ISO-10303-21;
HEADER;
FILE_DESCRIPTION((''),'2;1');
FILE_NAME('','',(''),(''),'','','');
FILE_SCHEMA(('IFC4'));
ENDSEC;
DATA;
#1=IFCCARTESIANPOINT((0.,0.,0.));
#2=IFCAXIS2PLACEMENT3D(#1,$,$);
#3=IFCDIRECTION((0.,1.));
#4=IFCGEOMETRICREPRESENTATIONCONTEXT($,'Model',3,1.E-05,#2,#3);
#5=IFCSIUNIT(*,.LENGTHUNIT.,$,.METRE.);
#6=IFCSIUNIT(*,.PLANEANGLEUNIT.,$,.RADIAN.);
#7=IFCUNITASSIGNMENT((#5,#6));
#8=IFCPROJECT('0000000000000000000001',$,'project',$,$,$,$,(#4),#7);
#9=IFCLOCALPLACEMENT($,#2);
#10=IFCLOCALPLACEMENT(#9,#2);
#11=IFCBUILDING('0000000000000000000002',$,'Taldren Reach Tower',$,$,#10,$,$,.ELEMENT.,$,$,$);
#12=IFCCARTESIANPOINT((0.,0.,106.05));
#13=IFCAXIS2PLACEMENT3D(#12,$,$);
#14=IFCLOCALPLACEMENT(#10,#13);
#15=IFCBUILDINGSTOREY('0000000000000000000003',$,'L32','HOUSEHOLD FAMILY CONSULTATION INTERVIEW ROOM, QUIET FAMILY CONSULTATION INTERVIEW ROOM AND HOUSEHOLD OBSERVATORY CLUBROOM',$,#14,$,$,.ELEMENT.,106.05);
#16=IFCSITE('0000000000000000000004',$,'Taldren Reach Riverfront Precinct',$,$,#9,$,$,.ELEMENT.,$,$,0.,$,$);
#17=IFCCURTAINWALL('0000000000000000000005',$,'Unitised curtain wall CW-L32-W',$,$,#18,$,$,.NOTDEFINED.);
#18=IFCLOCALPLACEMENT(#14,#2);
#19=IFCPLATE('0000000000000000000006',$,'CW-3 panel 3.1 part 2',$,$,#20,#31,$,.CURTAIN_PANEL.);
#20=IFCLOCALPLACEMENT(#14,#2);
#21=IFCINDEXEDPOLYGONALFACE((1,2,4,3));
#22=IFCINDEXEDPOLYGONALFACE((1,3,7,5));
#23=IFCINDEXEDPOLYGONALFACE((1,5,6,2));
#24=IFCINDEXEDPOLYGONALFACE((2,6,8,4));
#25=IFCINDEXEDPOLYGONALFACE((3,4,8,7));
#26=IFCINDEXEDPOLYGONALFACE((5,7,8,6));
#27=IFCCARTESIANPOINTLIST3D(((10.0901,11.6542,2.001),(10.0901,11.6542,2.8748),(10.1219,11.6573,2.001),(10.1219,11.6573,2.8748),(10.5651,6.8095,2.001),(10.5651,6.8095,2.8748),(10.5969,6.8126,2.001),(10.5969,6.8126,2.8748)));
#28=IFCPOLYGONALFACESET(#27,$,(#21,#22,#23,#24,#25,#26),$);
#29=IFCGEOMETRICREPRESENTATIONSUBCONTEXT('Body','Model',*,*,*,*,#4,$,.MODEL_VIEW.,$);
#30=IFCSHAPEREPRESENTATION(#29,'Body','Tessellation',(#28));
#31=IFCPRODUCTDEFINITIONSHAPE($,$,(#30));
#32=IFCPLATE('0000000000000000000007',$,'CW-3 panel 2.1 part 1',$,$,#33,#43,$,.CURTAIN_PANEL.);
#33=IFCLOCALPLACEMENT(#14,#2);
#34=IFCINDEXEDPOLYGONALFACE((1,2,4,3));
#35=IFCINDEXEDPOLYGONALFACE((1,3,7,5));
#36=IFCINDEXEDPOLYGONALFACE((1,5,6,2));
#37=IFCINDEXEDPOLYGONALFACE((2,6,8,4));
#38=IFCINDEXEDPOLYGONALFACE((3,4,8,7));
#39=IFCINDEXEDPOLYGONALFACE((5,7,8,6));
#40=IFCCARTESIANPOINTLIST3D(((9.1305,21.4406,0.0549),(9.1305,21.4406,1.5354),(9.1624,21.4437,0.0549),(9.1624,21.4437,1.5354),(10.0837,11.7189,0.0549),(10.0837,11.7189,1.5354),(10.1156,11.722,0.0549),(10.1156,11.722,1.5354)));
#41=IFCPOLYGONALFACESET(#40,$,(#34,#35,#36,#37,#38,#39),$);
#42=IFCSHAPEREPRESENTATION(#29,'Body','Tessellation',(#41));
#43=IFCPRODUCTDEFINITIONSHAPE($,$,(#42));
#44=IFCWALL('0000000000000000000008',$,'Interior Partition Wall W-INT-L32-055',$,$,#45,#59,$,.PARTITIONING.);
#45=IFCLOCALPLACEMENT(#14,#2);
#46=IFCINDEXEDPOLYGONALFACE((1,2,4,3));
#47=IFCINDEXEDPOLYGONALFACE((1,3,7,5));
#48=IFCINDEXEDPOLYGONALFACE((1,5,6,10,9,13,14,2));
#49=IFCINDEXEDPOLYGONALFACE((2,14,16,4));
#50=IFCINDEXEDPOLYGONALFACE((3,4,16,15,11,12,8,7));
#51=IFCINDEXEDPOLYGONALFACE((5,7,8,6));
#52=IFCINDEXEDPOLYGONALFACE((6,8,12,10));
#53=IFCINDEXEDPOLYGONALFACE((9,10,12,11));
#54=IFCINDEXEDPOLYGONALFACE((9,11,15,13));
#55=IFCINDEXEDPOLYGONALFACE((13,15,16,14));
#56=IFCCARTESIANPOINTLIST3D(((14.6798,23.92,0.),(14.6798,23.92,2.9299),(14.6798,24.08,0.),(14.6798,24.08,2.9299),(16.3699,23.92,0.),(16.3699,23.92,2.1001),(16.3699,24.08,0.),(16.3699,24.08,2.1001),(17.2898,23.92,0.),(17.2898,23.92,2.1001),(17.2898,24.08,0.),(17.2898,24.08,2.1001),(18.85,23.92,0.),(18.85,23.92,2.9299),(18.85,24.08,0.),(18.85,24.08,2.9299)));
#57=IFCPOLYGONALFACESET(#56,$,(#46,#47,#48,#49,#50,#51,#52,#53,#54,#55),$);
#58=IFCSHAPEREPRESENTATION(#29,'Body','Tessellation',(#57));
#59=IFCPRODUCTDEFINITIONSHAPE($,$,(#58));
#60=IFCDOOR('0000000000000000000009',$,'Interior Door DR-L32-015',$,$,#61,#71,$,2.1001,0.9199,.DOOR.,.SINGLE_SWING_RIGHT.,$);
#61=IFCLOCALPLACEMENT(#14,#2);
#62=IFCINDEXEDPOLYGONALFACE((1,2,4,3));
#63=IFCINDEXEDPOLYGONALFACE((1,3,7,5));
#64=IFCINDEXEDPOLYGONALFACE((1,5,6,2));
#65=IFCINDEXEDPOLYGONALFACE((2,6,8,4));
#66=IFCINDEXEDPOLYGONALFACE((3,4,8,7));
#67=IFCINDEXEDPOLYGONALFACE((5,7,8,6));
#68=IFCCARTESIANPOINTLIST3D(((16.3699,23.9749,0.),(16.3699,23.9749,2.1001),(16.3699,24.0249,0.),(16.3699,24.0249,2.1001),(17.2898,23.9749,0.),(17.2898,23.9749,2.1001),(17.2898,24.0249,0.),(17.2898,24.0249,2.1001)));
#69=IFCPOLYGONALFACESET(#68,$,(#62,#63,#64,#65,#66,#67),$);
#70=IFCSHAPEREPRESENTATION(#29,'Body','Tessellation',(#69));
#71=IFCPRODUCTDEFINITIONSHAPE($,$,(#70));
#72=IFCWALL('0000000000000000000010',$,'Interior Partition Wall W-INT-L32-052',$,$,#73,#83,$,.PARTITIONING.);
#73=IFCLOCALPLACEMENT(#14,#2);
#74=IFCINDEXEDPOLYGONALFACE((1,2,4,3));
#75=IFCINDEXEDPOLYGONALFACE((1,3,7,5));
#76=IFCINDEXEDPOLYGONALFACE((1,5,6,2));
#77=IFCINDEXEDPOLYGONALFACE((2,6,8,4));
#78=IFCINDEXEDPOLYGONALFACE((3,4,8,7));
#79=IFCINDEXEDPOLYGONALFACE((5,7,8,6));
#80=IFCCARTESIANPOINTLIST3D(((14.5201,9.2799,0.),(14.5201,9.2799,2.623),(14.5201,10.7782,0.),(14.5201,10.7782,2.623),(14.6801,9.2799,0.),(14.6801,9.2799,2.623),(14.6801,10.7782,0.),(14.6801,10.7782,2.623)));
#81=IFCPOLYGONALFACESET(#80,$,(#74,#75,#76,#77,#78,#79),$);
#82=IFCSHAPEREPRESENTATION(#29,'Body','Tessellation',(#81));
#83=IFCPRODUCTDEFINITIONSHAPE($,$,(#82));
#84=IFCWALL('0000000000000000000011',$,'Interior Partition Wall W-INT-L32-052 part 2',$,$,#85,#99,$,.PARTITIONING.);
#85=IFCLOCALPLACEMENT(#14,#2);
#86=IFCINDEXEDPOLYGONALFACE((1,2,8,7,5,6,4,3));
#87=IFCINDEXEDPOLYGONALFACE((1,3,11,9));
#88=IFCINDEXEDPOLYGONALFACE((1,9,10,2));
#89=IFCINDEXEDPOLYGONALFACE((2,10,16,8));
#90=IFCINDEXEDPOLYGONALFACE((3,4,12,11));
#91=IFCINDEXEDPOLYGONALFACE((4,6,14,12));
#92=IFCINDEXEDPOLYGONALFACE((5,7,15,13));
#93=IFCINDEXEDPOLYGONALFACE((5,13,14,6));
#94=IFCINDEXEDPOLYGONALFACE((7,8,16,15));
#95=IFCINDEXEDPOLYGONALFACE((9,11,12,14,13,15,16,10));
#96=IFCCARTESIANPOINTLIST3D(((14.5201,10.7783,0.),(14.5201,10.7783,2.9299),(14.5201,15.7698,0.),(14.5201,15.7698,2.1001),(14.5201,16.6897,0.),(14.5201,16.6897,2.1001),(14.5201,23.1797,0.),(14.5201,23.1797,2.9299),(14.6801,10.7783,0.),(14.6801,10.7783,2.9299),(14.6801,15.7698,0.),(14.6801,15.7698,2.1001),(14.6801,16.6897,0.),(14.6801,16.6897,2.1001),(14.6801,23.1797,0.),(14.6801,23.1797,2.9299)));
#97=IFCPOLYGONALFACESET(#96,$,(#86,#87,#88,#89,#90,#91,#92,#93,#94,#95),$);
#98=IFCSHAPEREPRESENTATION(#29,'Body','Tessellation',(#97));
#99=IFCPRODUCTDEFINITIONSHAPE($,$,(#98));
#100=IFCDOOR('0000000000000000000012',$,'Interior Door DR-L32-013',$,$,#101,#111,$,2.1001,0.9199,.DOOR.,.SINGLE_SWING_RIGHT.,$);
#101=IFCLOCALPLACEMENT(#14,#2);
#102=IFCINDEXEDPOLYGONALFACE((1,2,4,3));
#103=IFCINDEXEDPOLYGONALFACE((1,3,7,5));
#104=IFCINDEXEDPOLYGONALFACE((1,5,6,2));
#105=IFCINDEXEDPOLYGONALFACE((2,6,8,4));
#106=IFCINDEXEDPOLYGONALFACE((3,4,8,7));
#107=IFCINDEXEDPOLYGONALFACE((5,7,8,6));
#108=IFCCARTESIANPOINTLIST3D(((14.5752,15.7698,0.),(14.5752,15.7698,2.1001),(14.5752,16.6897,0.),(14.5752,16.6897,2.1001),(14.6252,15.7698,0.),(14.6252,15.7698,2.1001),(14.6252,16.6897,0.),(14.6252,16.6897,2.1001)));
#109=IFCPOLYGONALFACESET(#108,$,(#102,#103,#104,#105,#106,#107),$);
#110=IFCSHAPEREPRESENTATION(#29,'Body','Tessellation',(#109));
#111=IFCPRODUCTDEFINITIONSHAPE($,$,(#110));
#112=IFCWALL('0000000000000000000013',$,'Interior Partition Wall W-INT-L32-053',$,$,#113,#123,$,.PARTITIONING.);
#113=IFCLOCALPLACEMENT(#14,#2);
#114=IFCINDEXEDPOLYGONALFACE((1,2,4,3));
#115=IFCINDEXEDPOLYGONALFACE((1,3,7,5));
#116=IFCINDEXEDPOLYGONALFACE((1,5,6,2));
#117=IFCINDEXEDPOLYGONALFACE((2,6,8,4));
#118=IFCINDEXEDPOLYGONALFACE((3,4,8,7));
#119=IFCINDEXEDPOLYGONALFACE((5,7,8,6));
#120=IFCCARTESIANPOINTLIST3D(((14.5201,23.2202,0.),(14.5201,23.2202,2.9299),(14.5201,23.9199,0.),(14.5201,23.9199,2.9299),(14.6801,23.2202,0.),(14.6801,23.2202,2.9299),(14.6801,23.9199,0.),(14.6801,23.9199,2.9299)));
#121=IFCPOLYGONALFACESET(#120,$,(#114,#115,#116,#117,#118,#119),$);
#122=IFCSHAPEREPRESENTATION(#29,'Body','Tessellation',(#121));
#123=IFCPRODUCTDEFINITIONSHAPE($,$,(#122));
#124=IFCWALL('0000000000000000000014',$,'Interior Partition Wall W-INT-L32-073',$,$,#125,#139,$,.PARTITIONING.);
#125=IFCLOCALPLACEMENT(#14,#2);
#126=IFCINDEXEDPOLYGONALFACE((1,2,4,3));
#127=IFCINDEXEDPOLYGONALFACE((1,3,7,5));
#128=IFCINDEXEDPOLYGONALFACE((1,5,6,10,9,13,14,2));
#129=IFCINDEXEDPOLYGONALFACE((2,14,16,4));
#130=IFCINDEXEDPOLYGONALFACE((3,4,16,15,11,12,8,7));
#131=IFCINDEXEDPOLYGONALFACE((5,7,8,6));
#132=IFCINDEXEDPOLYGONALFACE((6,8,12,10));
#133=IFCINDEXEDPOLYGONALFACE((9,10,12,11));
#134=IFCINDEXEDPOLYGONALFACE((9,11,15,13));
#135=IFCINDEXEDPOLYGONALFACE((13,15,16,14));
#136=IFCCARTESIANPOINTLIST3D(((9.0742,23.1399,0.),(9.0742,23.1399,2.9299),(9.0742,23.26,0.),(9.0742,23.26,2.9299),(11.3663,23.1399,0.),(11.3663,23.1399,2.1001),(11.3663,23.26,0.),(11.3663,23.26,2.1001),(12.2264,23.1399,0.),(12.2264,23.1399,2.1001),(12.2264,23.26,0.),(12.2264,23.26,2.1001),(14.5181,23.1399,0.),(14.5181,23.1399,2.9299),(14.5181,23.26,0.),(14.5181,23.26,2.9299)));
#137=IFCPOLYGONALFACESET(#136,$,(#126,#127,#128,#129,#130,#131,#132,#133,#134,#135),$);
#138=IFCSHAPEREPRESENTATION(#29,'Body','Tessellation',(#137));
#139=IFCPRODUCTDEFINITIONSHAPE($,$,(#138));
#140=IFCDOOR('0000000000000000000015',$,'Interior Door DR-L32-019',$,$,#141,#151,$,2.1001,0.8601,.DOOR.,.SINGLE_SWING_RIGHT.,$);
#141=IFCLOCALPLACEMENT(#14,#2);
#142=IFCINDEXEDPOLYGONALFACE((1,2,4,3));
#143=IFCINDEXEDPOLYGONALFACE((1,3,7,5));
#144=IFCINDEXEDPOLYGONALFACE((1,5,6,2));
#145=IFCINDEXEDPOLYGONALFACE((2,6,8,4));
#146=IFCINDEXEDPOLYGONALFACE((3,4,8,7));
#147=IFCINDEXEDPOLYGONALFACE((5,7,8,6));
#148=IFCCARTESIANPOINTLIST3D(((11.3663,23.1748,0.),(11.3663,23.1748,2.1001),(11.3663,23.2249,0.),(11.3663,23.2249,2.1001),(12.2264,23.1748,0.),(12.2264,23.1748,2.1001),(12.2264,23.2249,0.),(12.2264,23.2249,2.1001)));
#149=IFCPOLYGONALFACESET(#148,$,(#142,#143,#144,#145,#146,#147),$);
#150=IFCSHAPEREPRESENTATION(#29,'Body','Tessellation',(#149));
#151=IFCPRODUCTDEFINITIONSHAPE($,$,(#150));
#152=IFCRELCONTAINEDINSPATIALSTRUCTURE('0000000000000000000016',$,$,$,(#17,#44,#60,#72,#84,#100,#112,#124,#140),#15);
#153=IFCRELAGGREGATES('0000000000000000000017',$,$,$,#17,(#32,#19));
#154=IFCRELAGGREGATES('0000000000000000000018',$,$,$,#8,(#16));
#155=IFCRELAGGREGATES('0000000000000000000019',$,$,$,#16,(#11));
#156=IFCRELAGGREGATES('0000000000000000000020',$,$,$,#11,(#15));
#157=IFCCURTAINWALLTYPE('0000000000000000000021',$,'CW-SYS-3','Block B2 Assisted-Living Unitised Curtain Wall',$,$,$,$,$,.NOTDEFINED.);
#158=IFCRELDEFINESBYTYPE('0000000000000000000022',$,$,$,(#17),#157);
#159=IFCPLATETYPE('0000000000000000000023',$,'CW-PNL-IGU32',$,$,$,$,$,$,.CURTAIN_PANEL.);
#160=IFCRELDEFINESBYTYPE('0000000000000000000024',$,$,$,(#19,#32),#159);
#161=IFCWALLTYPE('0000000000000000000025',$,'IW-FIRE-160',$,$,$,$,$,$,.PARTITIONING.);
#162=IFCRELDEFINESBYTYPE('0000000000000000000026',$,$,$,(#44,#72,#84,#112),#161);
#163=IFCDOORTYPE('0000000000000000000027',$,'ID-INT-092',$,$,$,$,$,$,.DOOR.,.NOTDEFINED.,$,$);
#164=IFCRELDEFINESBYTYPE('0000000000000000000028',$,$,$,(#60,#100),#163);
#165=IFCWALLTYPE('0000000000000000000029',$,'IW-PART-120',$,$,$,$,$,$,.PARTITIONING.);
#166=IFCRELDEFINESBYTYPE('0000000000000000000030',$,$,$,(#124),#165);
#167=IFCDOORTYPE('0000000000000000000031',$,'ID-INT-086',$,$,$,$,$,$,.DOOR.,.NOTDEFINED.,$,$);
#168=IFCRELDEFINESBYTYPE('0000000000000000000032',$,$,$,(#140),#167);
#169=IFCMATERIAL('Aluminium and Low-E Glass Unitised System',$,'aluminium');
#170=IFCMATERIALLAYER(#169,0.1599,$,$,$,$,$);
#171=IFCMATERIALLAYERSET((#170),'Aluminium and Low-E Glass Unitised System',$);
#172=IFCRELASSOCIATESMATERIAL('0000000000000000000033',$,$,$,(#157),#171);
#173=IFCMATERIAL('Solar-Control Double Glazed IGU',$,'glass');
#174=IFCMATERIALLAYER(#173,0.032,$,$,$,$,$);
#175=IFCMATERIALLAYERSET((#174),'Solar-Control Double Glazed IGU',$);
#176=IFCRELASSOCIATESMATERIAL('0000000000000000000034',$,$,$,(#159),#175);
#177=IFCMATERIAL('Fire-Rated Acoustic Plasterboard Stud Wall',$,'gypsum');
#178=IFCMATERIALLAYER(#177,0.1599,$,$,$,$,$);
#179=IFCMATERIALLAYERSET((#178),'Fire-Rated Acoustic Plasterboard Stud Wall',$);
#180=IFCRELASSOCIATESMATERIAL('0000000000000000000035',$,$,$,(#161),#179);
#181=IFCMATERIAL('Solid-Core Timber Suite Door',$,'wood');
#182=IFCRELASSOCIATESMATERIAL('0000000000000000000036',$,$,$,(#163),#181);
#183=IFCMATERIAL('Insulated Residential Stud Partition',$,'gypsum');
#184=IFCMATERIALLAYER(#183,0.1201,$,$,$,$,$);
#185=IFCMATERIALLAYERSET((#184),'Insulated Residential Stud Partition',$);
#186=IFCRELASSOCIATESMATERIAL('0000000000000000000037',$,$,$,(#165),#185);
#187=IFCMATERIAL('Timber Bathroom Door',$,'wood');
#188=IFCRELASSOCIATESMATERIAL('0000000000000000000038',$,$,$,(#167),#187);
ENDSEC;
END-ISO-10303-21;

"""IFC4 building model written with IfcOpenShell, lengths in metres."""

from ifc_helpers import new_model, si_unit, direction, frame, frame_2d, origin, origin_2d, place, context, subcontext, project, spatial, rectangle, extrude, source, transform, mapped, material, layer, layer_set, type_object, element, fill, aggregate, save


model = new_model("IFC4")

# Units and contexts
model_context = context("Model", 3, precision=1e-05, world=origin(), true_north=direction((0.0, 1.0)))
body_context = subcontext(model_context, "Body", "Model", "MODEL_VIEW")
ifc_project = project(units=[si_unit("LENGTHUNIT", "METRE"), si_unit("PLANEANGLEUNIT", "RADIAN")], contexts=[model_context])

# Site, building, storey
site_placement = place(None, origin())
site = spatial("IfcSite", under=ifc_project, at=site_placement, Name="Taldren Reach Riverfront Precinct", CompositionType="ELEMENT", RefElevation=0.0)
building_placement = place(site_placement, origin())
building = spatial("IfcBuilding", under=site, at=building_placement, Name="Taldren Reach Tower", CompositionType="ELEMENT")
storey_placement = place(building_placement, frame((0.0, 0.0, 106.05)))
storey = spatial("IfcBuildingStorey", under=building, at=storey_placement, Name="L32", Description="HOUSEHOLD FAMILY CONSULTATION INTERVIEW ROOM, QUIET FAMILY CONSULTATION INTERVIEW ROOM AND HOUSEHOLD OBSERVATORY CLUBROOM", CompositionType="ELEMENT", Elevation=106.05)

# Curtain wall
ifc_material_1 = material(Name="Aluminium and Low-E Glass Unitised System", Category="aluminium")
ifc_layer_1 = layer(ifc_material_1, 0.1599)
ifc_layer_set_1 = layer_set([ifc_layer_1], Name="Aluminium and Low-E Glass Unitised System")
curtain_wall_type = type_object("IfcCurtainWallType", Name="CW-SYS-3", Description="Block B2 Assisted-Living Unitised Curtain Wall", PredefinedType="NOTDEFINED", material=ifc_layer_set_1)
curtain_wall_placement = place(storey_placement, origin())
curtain_wall = element("IfcCurtainWall", 1, at=curtain_wall_placement, inside=storey, type_object=curtain_wall_type, Name="Unitised curtain wall CW-L32-W", PredefinedType="NOTDEFINED")

# Plates
ifc_material_2 = material(Name="Solar-Control Double Glazed IGU", Category="glass")
ifc_layer_2 = layer(ifc_material_2, 0.032)
ifc_layer_set_2 = layer_set([ifc_layer_2], Name="Solar-Control Double Glazed IGU")
plate_type_1 = type_object("IfcPlateType", Name="CW-PNL-IGU32", PredefinedType="CURTAIN_PANEL", material=ifc_layer_set_2)
shared_shape_1 = source(origin(), body_context, "Body", "SweptSolid", [
    extrude(rectangle(XDim=4.8679, YDim=0.032, at=origin_2d()), origin(), (0.0, 0.0, 1.0), 0.8738),
])
plate_1_placement = place(storey_placement, frame((10.3435, 9.2334, 2.001), z_axis=(0.0, 0.0, 1.0), x_axis=(0.097583, -0.995227, 0.0)))
plate_1 = element("IfcPlate", 2, at=plate_1_placement, type_object=plate_type_1, Name="CW-3 panel 3.1 part 2", PredefinedType="CURTAIN_PANEL", context=body_context, shape_type="MappedRepresentation", body=[
    mapped(shared_shape_1, transform((0.0, 0.0, 0.0), scale=1.0)),
])
shared_shape_2 = source(origin(), body_context, "Body", "SweptSolid", [
    extrude(rectangle(XDim=9.7683, YDim=0.032, at=origin_2d()), origin(), (0.0, 0.0, 1.0), 1.4805),
])
plate_2_placement = place(storey_placement, frame((9.623, 16.5813, 0.0549), z_axis=(0.0, 0.0, 1.0), x_axis=(0.097583, -0.995227, 0.0)))
plate_2 = element("IfcPlate", 3, at=plate_2_placement, type_object=plate_type_1, Name="CW-3 panel 2.1 part 1", PredefinedType="CURTAIN_PANEL", context=body_context, shape_type="MappedRepresentation", body=[
    mapped(shared_shape_2, transform((0.0, 0.0, 0.0), scale=1.0)),
])
aggregate(curtain_wall, [plate_2, plate_1])

# Wall, opening, door
ifc_material_3 = material(Name="Fire-Rated Acoustic Plasterboard Stud Wall", Category="gypsum")
ifc_layer_3 = layer(ifc_material_3, 0.1599)
ifc_layer_set_3 = layer_set([ifc_layer_3], Name="Fire-Rated Acoustic Plasterboard Stud Wall")
wall_type_1 = type_object("IfcWallType", Name="IW-FIRE-160", PredefinedType="PARTITIONING", material=ifc_layer_set_3)
shared_shape_3 = source(origin(), body_context, "Body", "SweptSolid", [
    extrude(rectangle(XDim=4.1702, YDim=0.1599, at=frame_2d((2.085, 0.0))), origin(), (0.0, 0.0, 1.0), 2.9299),
])
wall_1_placement = place(storey_placement, frame((14.6799, 24.0, 0.0), z_axis=(0.0, 0.0, 1.0), x_axis=(1.0, 0.0, 0.0)))
wall_1 = element("IfcWall", 4, at=wall_1_placement, inside=storey, type_object=wall_type_1, Name="Interior Partition Wall W-INT-L32-055", PredefinedType="PARTITIONING", context=body_context, shape_type="MappedRepresentation", body=[
    mapped(shared_shape_3, transform((0.0, 0.0, 0.0), scale=1.0)),
])
shared_shape_4 = source(origin(), body_context, "Body", "SweptSolid", [
    extrude(rectangle(XDim=0.9199, YDim=2.1001, at=frame_2d((0.46, 1.05))), frame((0.0, 0.0898, 0.0), z_axis=(0.0, -1.0, 0.0), x_axis=(1.0, 0.0, 0.0)), (0.0, 0.0, 1.0), 0.1799),
])
opening_1_placement = place(wall_1_placement, frame((1.6899, 0.0, 0.0)))
opening_1 = element("IfcOpeningElement", 5, at=opening_1_placement, cuts=wall_1, PredefinedType="OPENING", context=body_context, shape_type="MappedRepresentation", body=[
    mapped(shared_shape_4, transform((0.0, 0.0, 0.0), scale=1.0)),
])
ifc_material_4 = material(Name="Solid-Core Timber Suite Door", Category="wood")
door_type_1 = type_object("IfcDoorType", Name="ID-INT-092", OperationType="NOTDEFINED", PredefinedType="DOOR", material=ifc_material_4)
shared_shape_5 = source(origin(), body_context, "Body", "SweptSolid", [
    extrude(rectangle(XDim=0.9199, YDim=2.1001, at=frame_2d((0.46, 1.05))), frame((0.0, 0.0249, 0.0), z_axis=(0.0, -1.0, 0.0), x_axis=(1.0, 0.0, 0.0)), (0.0, 0.0, 1.0), 0.05),
])
door_1_placement = place(opening_1_placement, origin())
door_1 = element("IfcDoor", 6, at=door_1_placement, inside=storey, type_object=door_type_1, Name="Interior Door DR-L32-015", OperationType="SINGLE_SWING_RIGHT", OverallHeight=2.1001, OverallWidth=0.9199, PredefinedType="DOOR", context=body_context, shape_type="MappedRepresentation", body=[
    mapped(shared_shape_5, transform((0.0, 0.0, 0.0), scale=1.0)),
])
fill(opening_1, door_1)

# Wall
shared_shape_6 = source(origin(), body_context, "Body", "SweptSolid", [
    extrude(rectangle(XDim=1.4983, YDim=0.1599, at=frame_2d((0.749, 0.0))), origin(), (0.0, 0.0, 1.0), 2.623),
])
wall_2_placement = place(storey_placement, frame((14.6001, 9.28, 0.0), z_axis=(0.0, 0.0, 1.0), x_axis=(0.0, 1.0, 0.0)))
element("IfcWall", 7, at=wall_2_placement, inside=storey, type_object=wall_type_1, Name="Interior Partition Wall W-INT-L32-052", PredefinedType="PARTITIONING", context=body_context, shape_type="MappedRepresentation", body=[
    mapped(shared_shape_6, transform((0.0, 0.0, 0.0), scale=1.0)),
])

# Wall, opening, door
shared_shape_7 = source(origin(), body_context, "Body", "SweptSolid", [
    extrude(rectangle(XDim=12.4014, YDim=0.1599, at=frame_2d((6.2007, 0.0))), origin(), (0.0, 0.0, 1.0), 2.9299),
])
wall_3_placement = place(storey_placement, frame((14.6001, 10.7783, 0.0), z_axis=(0.0, 0.0, 1.0), x_axis=(0.0, 1.0, 0.0)))
wall_3 = element("IfcWall", 8, at=wall_3_placement, inside=storey, type_object=wall_type_1, Name="Interior Partition Wall W-INT-L32-052 part 2", PredefinedType="PARTITIONING", context=body_context, shape_type="MappedRepresentation", body=[
    mapped(shared_shape_7, transform((0.0, 0.0, 0.0), scale=1.0)),
])
opening_2_placement = place(wall_3_placement, frame((4.9915, 0.0, 0.0)))
opening_2 = element("IfcOpeningElement", 9, at=opening_2_placement, cuts=wall_3, PredefinedType="OPENING", context=body_context, shape_type="MappedRepresentation", body=[
    mapped(shared_shape_4, transform((0.0, 0.0, 0.0), scale=1.0)),
])
door_2_placement = place(opening_2_placement, origin())
door_2 = element("IfcDoor", 10, at=door_2_placement, inside=storey, type_object=door_type_1, Name="Interior Door DR-L32-013", OperationType="SINGLE_SWING_RIGHT", OverallHeight=2.1001, OverallWidth=0.9199, PredefinedType="DOOR", context=body_context, shape_type="MappedRepresentation", body=[
    mapped(shared_shape_5, transform((0.0, 0.0, 0.0), scale=1.0)),
])
fill(opening_2, door_2)

# Wall
shared_shape_8 = source(origin(), body_context, "Body", "SweptSolid", [
    extrude(rectangle(XDim=0.6997, YDim=0.1599, at=frame_2d((0.3499, 0.0))), origin(), (0.0, 0.0, 1.0), 2.9299),
])
wall_4_placement = place(storey_placement, frame((14.6001, 23.2202, 0.0), z_axis=(0.0, 0.0, 1.0), x_axis=(0.0, 1.0, 0.0)))
element("IfcWall", 11, at=wall_4_placement, inside=storey, type_object=wall_type_1, Name="Interior Partition Wall W-INT-L32-053", PredefinedType="PARTITIONING", context=body_context, shape_type="MappedRepresentation", body=[
    mapped(shared_shape_8, transform((0.0, 0.0, 0.0), scale=1.0)),
])

# Wall, opening, door
ifc_material_5 = material(Name="Insulated Residential Stud Partition", Category="gypsum")
ifc_layer_4 = layer(ifc_material_5, 0.1201)
ifc_layer_set_4 = layer_set([ifc_layer_4], Name="Insulated Residential Stud Partition")
wall_type_2 = type_object("IfcWallType", Name="IW-PART-120", PredefinedType="PARTITIONING", material=ifc_layer_set_4)
shared_shape_9 = source(origin(), body_context, "Body", "SweptSolid", [
    extrude(rectangle(XDim=5.4438, YDim=0.1201, at=frame_2d((2.7219, 0.0))), origin(), (0.0, 0.0, 1.0), 2.9299),
])
wall_5_placement = place(storey_placement, frame((9.0742, 23.2, 0.0), z_axis=(0.0, 0.0, 1.0), x_axis=(1.0, 0.0, 0.0)))
wall_5 = element("IfcWall", 12, at=wall_5_placement, inside=storey, type_object=wall_type_2, Name="Interior Partition Wall W-INT-L32-073", PredefinedType="PARTITIONING", context=body_context, shape_type="MappedRepresentation", body=[
    mapped(shared_shape_9, transform((0.0, 0.0, 0.0), scale=1.0)),
])
shared_shape_10 = source(origin(), body_context, "Body", "SweptSolid", [
    extrude(rectangle(XDim=0.8601, YDim=2.1001, at=frame_2d((0.4302, 1.05))), frame((0.0, 0.0701, 0.0), z_axis=(0.0, -1.0, 0.0), x_axis=(1.0, 0.0, 0.0)), (0.0, 0.0, 1.0), 0.1401),
])
opening_3_placement = place(wall_5_placement, frame((2.292, 0.0, 0.0)))
opening_3 = element("IfcOpeningElement", 13, at=opening_3_placement, cuts=wall_5, PredefinedType="OPENING", context=body_context, shape_type="MappedRepresentation", body=[
    mapped(shared_shape_10, transform((0.0, 0.0, 0.0), scale=1.0)),
])
ifc_material_6 = material(Name="Timber Bathroom Door", Category="wood")
door_type_2 = type_object("IfcDoorType", Name="ID-INT-086", OperationType="NOTDEFINED", PredefinedType="DOOR", material=ifc_material_6)
shared_shape_11 = source(origin(), body_context, "Body", "SweptSolid", [
    extrude(rectangle(XDim=0.8601, YDim=2.1001, at=frame_2d((0.4302, 1.05))), frame((0.0, 0.0249, 0.0), z_axis=(0.0, -1.0, 0.0), x_axis=(1.0, 0.0, 0.0)), (0.0, 0.0, 1.0), 0.05),
])
door_3_placement = place(opening_3_placement, origin())
door_3 = element("IfcDoor", 14, at=door_3_placement, inside=storey, type_object=door_type_2, Name="Interior Door DR-L32-019", OperationType="SINGLE_SWING_RIGHT", OverallHeight=2.1001, OverallWidth=0.8601, PredefinedType="DOOR", context=body_context, shape_type="MappedRepresentation", body=[
    mapped(shared_shape_11, transform((0.0, 0.0, 0.0), scale=1.0)),
])
fill(opening_3, door_3)

save(model, "model.ifc")
